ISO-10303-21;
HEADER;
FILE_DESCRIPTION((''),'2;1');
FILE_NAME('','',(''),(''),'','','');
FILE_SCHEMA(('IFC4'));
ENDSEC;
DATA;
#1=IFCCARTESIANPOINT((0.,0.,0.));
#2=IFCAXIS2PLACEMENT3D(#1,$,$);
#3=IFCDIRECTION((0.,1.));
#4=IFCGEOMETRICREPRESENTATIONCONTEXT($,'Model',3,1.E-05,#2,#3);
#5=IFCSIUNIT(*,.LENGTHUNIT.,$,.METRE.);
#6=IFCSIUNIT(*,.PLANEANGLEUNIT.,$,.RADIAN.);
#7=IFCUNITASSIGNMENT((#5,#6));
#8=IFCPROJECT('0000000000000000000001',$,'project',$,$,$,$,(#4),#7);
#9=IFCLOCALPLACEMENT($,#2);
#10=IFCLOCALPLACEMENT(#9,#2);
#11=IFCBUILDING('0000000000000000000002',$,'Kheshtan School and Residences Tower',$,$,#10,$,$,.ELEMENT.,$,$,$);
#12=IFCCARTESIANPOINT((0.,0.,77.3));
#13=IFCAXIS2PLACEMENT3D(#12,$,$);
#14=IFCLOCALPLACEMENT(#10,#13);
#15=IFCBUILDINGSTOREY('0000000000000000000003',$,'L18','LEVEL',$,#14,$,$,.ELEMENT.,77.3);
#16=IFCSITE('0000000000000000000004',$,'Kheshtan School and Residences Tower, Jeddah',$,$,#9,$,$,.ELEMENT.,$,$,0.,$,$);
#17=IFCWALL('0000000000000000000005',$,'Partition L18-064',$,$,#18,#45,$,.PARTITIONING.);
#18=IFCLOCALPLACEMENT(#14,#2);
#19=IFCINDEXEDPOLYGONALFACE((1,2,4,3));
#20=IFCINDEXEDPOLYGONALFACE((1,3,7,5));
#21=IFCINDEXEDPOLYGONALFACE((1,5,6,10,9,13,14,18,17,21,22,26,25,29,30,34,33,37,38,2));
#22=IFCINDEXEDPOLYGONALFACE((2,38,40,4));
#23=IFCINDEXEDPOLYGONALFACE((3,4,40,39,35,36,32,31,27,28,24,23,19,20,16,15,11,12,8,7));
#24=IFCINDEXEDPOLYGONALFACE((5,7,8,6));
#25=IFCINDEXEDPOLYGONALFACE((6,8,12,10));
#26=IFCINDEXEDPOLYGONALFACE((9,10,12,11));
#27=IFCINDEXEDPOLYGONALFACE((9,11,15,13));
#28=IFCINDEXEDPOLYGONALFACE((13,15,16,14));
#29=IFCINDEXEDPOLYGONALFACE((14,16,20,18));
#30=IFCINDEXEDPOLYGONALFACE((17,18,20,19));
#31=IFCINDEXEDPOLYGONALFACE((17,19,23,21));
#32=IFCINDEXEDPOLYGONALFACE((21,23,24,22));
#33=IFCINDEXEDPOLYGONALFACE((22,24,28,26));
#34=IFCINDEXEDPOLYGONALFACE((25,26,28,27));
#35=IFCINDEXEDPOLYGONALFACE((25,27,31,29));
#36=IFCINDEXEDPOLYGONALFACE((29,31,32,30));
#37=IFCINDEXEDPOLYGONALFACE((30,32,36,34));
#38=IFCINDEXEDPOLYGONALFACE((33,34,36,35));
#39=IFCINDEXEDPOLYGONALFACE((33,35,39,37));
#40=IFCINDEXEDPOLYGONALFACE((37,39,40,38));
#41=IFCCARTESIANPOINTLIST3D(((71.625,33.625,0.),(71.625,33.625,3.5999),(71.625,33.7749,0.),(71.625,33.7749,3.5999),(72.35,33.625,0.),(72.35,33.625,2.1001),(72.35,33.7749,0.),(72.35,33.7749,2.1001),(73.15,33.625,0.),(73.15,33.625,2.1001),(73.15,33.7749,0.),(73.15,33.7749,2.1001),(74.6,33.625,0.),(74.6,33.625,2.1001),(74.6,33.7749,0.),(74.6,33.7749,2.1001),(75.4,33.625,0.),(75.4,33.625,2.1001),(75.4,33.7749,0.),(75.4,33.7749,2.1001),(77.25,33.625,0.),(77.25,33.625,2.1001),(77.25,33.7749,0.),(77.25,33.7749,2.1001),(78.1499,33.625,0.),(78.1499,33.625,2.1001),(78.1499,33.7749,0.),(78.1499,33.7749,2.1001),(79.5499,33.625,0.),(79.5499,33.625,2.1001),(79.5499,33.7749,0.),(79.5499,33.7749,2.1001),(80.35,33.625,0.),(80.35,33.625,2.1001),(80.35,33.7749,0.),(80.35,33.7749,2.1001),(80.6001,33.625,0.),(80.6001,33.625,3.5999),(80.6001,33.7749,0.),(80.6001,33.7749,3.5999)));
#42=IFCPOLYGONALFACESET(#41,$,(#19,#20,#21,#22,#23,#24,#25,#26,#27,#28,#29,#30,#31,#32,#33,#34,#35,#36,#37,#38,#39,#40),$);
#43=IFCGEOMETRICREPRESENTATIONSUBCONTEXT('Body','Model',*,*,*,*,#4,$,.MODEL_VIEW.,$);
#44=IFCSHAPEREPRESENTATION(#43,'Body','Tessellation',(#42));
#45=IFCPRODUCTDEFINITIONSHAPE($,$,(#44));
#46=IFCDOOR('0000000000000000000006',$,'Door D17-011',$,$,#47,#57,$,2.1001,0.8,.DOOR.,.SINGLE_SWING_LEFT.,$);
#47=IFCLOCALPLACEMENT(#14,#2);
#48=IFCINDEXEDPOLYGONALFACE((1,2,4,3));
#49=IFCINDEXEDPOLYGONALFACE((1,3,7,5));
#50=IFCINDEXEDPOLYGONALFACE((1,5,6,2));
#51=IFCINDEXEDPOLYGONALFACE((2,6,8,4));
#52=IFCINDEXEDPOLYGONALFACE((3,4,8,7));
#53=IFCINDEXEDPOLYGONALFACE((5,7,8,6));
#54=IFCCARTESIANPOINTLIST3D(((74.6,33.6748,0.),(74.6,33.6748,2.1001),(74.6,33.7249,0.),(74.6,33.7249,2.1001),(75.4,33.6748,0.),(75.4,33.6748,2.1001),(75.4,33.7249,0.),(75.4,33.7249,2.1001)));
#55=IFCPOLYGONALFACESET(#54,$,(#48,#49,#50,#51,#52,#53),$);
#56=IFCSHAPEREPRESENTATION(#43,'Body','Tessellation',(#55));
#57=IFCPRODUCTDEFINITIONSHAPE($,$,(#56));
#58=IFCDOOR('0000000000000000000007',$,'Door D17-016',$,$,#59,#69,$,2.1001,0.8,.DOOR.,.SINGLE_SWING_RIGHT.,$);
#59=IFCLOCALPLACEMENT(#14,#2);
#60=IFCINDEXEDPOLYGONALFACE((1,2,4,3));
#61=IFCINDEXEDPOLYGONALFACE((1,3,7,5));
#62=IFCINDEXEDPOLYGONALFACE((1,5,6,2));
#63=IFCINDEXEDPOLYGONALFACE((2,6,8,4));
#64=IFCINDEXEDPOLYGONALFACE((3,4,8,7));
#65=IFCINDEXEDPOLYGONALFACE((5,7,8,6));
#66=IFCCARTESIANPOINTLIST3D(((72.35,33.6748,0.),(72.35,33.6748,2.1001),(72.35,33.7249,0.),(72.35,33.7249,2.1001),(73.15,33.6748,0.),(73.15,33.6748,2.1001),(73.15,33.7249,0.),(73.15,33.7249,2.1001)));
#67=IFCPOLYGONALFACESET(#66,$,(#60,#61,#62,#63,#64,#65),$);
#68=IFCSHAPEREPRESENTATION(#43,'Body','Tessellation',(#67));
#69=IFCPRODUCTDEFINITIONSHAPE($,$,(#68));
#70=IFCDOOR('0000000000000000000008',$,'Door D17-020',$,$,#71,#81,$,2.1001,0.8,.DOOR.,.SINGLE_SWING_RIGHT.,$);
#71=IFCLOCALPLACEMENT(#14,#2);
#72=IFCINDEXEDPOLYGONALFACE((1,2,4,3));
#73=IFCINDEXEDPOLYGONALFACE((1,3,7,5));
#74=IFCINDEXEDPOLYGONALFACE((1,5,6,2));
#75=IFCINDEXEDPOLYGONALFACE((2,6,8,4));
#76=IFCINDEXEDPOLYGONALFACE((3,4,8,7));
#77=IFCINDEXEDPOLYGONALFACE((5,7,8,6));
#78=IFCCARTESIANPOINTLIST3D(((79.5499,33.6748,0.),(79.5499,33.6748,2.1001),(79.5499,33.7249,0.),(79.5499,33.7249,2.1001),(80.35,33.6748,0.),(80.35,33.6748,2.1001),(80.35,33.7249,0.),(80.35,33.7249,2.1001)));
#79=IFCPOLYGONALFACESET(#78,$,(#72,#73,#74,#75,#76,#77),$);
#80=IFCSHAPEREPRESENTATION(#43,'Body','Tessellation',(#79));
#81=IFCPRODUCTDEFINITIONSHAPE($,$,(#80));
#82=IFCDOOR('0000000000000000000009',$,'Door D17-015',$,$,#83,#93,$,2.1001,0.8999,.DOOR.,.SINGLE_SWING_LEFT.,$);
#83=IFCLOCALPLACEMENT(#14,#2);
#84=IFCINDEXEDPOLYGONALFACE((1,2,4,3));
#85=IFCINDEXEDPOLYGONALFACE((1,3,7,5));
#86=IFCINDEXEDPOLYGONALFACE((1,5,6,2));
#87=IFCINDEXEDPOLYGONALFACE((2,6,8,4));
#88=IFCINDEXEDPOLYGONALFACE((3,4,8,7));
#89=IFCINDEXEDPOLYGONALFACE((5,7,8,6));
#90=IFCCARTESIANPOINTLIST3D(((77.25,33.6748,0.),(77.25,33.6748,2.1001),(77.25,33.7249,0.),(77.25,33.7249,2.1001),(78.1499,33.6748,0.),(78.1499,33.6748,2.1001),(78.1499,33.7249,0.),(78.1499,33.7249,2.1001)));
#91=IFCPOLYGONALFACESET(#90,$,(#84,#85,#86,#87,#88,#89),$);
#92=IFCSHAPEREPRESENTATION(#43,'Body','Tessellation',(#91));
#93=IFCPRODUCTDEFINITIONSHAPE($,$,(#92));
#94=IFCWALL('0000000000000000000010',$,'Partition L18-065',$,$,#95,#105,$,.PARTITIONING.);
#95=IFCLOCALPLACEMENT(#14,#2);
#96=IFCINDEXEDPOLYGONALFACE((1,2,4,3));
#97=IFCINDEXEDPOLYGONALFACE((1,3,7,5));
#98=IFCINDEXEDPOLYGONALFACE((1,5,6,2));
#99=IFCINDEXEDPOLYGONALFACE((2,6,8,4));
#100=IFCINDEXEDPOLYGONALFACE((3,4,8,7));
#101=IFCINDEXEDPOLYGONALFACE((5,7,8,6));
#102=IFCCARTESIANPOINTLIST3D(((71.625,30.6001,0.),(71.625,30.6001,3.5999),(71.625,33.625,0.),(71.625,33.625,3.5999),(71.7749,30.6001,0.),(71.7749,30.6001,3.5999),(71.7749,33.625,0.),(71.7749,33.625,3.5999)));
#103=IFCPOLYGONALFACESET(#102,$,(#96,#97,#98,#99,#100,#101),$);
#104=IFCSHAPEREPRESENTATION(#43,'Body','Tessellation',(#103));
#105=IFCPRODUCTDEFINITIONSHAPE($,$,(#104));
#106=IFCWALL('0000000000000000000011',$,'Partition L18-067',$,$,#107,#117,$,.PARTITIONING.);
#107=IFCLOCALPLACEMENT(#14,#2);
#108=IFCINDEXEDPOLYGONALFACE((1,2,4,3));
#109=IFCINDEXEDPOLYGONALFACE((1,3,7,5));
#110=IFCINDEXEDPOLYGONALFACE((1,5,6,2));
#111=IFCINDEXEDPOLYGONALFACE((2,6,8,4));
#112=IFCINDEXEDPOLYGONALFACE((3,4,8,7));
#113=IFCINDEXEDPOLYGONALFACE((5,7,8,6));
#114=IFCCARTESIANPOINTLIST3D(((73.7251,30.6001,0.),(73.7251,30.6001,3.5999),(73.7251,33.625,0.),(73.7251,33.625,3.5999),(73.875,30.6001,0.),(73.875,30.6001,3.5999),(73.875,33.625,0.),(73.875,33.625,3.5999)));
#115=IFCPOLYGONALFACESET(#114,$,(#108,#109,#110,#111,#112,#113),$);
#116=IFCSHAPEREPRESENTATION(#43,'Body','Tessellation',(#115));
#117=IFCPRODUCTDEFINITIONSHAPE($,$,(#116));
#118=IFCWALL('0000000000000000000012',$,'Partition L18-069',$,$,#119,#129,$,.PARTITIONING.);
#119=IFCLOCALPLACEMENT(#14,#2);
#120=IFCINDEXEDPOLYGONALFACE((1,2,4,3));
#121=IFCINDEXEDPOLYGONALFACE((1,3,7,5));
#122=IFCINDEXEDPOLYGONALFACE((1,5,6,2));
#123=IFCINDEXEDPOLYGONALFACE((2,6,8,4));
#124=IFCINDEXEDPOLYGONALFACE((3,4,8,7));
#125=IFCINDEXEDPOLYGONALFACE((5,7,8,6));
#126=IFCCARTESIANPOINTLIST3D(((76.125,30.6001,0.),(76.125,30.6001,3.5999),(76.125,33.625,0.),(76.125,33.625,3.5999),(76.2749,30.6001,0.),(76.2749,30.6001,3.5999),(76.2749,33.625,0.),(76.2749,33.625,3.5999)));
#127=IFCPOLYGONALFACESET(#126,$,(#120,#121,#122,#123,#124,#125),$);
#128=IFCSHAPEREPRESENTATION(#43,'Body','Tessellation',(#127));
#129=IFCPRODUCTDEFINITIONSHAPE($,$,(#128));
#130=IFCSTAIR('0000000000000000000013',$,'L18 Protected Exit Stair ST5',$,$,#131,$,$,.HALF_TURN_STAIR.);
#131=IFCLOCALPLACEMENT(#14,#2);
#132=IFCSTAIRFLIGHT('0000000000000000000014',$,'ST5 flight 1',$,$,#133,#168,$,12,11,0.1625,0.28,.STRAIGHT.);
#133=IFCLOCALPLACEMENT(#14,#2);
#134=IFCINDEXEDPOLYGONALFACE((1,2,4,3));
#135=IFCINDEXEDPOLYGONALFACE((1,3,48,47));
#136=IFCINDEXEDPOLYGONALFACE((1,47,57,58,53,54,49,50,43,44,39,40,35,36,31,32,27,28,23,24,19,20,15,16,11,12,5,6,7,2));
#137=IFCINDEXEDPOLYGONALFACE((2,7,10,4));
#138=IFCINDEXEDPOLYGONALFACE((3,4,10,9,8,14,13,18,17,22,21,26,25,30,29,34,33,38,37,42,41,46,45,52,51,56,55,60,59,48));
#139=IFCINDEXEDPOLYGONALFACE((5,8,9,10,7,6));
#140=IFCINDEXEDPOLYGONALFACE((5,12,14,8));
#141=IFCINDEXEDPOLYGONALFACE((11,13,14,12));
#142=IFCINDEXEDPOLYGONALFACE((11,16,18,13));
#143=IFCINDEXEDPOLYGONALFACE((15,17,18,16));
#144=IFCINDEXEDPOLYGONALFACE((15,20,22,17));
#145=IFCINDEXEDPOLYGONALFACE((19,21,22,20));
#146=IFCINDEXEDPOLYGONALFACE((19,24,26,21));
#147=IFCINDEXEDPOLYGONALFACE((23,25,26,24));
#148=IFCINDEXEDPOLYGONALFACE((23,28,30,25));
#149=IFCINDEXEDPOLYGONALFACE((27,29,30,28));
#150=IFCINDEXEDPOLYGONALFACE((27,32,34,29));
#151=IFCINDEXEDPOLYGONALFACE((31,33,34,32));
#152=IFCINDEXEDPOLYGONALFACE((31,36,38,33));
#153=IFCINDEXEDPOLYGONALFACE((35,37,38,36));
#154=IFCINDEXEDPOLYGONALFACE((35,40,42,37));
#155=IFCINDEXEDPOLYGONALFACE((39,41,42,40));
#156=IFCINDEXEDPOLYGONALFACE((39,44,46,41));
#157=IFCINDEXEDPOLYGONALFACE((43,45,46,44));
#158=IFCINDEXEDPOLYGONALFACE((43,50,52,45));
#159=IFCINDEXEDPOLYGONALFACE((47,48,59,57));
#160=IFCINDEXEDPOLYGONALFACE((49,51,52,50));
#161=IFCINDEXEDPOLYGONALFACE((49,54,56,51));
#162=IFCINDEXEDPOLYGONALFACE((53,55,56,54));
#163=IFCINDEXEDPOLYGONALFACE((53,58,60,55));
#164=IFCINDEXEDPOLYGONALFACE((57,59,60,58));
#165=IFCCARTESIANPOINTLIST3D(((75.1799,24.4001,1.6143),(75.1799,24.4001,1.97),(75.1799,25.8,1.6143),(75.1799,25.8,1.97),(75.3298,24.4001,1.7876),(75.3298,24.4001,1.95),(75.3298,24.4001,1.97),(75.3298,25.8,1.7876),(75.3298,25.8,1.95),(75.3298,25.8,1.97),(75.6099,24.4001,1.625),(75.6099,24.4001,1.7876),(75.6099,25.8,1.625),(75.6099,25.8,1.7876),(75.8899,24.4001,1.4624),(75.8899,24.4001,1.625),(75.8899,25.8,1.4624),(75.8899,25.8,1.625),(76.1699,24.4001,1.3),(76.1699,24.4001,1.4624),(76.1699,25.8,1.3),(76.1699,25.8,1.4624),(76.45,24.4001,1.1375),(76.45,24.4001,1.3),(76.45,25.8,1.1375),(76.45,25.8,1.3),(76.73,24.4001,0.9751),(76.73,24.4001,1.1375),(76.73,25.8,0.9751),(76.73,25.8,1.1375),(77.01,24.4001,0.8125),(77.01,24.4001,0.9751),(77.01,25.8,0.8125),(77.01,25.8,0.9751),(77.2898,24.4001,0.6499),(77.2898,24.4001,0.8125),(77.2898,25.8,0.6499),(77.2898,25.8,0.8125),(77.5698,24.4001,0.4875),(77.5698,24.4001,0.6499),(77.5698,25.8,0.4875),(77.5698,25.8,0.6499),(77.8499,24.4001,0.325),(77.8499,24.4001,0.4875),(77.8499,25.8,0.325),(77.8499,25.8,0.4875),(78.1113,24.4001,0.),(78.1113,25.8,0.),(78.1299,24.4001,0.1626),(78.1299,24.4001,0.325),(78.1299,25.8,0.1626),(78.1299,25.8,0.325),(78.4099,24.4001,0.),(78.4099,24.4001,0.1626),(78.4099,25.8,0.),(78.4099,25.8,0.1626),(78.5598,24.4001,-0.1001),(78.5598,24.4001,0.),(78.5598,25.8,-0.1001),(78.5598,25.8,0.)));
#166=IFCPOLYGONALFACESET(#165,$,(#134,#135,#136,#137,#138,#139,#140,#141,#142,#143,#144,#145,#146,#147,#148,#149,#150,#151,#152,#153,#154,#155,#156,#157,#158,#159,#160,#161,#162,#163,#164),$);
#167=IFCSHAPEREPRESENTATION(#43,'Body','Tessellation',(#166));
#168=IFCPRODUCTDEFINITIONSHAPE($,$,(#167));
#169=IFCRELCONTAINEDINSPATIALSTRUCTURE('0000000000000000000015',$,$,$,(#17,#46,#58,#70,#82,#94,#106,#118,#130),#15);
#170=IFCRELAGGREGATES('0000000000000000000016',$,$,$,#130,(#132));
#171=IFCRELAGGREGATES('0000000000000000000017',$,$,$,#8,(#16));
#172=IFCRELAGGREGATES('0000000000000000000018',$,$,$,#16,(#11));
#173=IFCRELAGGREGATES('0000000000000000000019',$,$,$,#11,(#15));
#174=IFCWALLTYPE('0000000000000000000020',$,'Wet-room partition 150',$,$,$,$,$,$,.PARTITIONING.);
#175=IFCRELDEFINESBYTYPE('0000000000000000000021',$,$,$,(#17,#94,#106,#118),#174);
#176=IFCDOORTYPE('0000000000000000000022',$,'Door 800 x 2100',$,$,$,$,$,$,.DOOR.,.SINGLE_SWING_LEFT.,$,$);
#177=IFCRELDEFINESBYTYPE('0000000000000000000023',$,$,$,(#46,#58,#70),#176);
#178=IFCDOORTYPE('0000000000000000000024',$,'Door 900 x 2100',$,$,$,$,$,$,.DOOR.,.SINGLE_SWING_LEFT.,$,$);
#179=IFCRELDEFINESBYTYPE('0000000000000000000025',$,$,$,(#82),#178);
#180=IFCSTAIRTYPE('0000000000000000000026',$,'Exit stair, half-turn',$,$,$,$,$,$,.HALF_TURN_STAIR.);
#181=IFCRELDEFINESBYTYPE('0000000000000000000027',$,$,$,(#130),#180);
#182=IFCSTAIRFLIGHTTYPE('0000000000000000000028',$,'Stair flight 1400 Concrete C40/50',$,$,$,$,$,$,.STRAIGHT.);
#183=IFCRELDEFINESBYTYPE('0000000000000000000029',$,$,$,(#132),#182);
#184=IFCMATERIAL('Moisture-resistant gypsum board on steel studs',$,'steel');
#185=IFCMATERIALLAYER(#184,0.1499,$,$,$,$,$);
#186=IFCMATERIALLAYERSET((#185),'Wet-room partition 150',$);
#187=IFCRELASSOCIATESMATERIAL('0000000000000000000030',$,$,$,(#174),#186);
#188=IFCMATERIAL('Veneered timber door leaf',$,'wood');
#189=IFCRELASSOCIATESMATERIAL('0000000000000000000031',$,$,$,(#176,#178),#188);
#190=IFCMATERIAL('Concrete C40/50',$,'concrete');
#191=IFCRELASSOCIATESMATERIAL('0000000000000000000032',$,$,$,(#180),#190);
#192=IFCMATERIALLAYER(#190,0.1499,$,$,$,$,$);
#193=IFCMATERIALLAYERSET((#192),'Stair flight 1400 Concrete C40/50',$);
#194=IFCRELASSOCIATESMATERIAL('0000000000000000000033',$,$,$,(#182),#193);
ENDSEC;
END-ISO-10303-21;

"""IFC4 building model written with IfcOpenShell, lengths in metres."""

from ifc_helpers import new_model, si_unit, direction, frame, frame_2d, origin, place, context, subcontext, project, spatial, polyline, rectangle, outline, extrude, source, transform, mapped, material, layer, layer_set, type_object, element, fill, aggregate, save


model = new_model("IFC4")

# Units and contexts
model_context = context("Model", 3, precision=1e-05, world=origin(), true_north=direction((0.0, 1.0)))
body_context = subcontext(model_context, "Body", "Model", "MODEL_VIEW")
ifc_project = project(units=[si_unit("LENGTHUNIT", "METRE"), si_unit("PLANEANGLEUNIT", "RADIAN")], contexts=[model_context])

# Site, building, storey
site_placement = place(None, origin())
site = spatial("IfcSite", under=ifc_project, at=site_placement, Name="Kheshtan School and Residences Tower, Jeddah", CompositionType="ELEMENT", RefElevation=0.0)
building_placement = place(site_placement, origin())
building = spatial("IfcBuilding", under=site, at=building_placement, Name="Kheshtan School and Residences Tower", CompositionType="ELEMENT")
storey_placement = place(building_placement, frame((0.0, 0.0, 77.3)))
storey = spatial("IfcBuildingStorey", under=building, at=storey_placement, Name="L18", Description="LEVEL", CompositionType="ELEMENT", Elevation=77.3)

# Shared definitions
ifc_material_1 = material(Name="Concrete C40/50", Category="concrete")

# Wall, openings, doors
ifc_material_2 = material(Name="Moisture-resistant gypsum board on steel studs", Category="steel")
ifc_layer_1 = layer(ifc_material_2, 0.1499)
ifc_layer_set_1 = layer_set([ifc_layer_1], Name="Wet-room partition 150")
wall_type_1 = type_object("IfcWallType", Name="Wet-room partition 150", PredefinedType="PARTITIONING", material=ifc_layer_set_1)
wall_1_placement = place(storey_placement, frame((71.625, 33.7, 0.0), z_axis=(0.0, 0.0, 1.0), x_axis=(1.0, 0.0, 0.0)))
wall_1 = element("IfcWall", 1, at=wall_1_placement, inside=storey, type_object=wall_type_1, Name="Partition L18-064", PredefinedType="PARTITIONING", context=body_context, shape_type="SweptSolid", body=[
    extrude(rectangle(XDim=8.9751, YDim=0.1499, at=frame_2d((4.4875, 0.0))), origin(), (0.0, 0.0, 1.0), 3.5999),
])
opening_1_placement = place(wall_1_placement, frame((2.9751, 0.0, 0.0)))
opening_1 = element("IfcOpeningElement", 2, at=opening_1_placement, cuts=wall_1, PredefinedType="OPENING", context=body_context, shape_type="SweptSolid", body=[
    extrude(rectangle(XDim=0.8, YDim=2.1001, at=frame_2d((0.3999, 1.05))), frame((0.0, 0.085, 0.0), z_axis=(0.0, -1.0, 0.0), x_axis=(1.0, 0.0, 0.0)), (0.0, 0.0, 1.0), 0.1699),
])
opening_2_placement = place(wall_1_placement, frame((5.625, 0.0, 0.0)))
opening_2 = element("IfcOpeningElement", 3, at=opening_2_placement, cuts=wall_1, PredefinedType="OPENING", context=body_context, shape_type="SweptSolid", body=[
    extrude(rectangle(XDim=0.8999, YDim=2.1001, at=frame_2d((0.45, 1.05))), frame((0.0, 0.085, 0.0), z_axis=(0.0, -1.0, 0.0), x_axis=(1.0, 0.0, 0.0)), (0.0, 0.0, 1.0), 0.1699),
])
opening_3_placement = place(wall_1_placement, frame((0.7251, 0.0, 0.0)))
opening_3 = element("IfcOpeningElement", 4, at=opening_3_placement, cuts=wall_1, PredefinedType="OPENING", context=body_context, shape_type="SweptSolid", body=[
    extrude(rectangle(XDim=0.8, YDim=2.1001, at=frame_2d((0.3999, 1.05))), frame((0.0, 0.085, 0.0), z_axis=(0.0, -1.0, 0.0), x_axis=(1.0, 0.0, 0.0)), (0.0, 0.0, 1.0), 0.1699),
])
opening_4_placement = place(wall_1_placement, frame((7.925, 0.0, 0.0)))
opening_4 = element("IfcOpeningElement", 5, at=opening_4_placement, cuts=wall_1, PredefinedType="OPENING", context=body_context, shape_type="SweptSolid", body=[
    extrude(rectangle(XDim=0.8, YDim=2.1001, at=frame_2d((0.3999, 1.05))), frame((0.0, 0.085, 0.0), z_axis=(0.0, -1.0, 0.0), x_axis=(1.0, 0.0, 0.0)), (0.0, 0.0, 1.0), 0.1699),
])
ifc_material_3 = material(Name="Veneered timber door leaf", Category="wood")
door_type_1 = type_object("IfcDoorType", Name="Door 800 x 2100", OperationType="SINGLE_SWING_LEFT", PredefinedType="DOOR", material=ifc_material_3)
shared_shape_1 = source(origin(), body_context, "Body", "SweptSolid", [
    extrude(rectangle(XDim=0.8, YDim=2.1001, at=frame_2d((0.3999, 1.05))), frame((0.0, 0.0249, 0.0), z_axis=(0.0, -1.0, 0.0), x_axis=(1.0, 0.0, 0.0)), (0.0, 0.0, 1.0), 0.05),
])
door_1_placement = place(opening_1_placement, origin())
door_1 = element("IfcDoor", 6, at=door_1_placement, inside=storey, type_object=door_type_1, Name="Door D17-011", OperationType="SINGLE_SWING_LEFT", OverallHeight=2.1001, OverallWidth=0.8, PredefinedType="DOOR", context=body_context, shape_type="MappedRepresentation", body=[
    mapped(shared_shape_1, transform((0.0, 0.0, 0.0), x_axis=(1.0, 0.0, 0.0), y_axis=(0.0, 1.0, 0.0), z_axis=(0.0, 0.0, 1.0), scale=1.0)),
])
fill(opening_1, door_1)
door_2_placement = place(opening_3_placement, origin())
door_2 = element("IfcDoor", 7, at=door_2_placement, inside=storey, type_object=door_type_1, Name="Door D17-016", OperationType="SINGLE_SWING_RIGHT", OverallHeight=2.1001, OverallWidth=0.8, PredefinedType="DOOR", context=body_context, shape_type="MappedRepresentation", body=[
    mapped(shared_shape_1, transform((0.0, 0.0, 0.0), x_axis=(1.0, 0.0, 0.0), y_axis=(0.0, 1.0, 0.0), z_axis=(0.0, 0.0, 1.0), scale=1.0)),
])
fill(opening_3, door_2)
door_3_placement = place(opening_4_placement, origin())
door_3 = element("IfcDoor", 8, at=door_3_placement, inside=storey, type_object=door_type_1, Name="Door D17-020", OperationType="SINGLE_SWING_RIGHT", OverallHeight=2.1001, OverallWidth=0.8, PredefinedType="DOOR", context=body_context, shape_type="MappedRepresentation", body=[
    mapped(shared_shape_1, transform((0.0, 0.0, 0.0), x_axis=(1.0, 0.0, 0.0), y_axis=(0.0, 1.0, 0.0), z_axis=(0.0, 0.0, 1.0), scale=1.0)),
])
fill(opening_4, door_3)
door_type_2 = type_object("IfcDoorType", Name="Door 900 x 2100", OperationType="SINGLE_SWING_LEFT", PredefinedType="DOOR", material=ifc_material_3)
shared_shape_2 = source(origin(), body_context, "Body", "SweptSolid", [
    extrude(rectangle(XDim=0.8999, YDim=2.1001, at=frame_2d((0.45, 1.05))), frame((0.0, 0.0249, 0.0), z_axis=(0.0, -1.0, 0.0), x_axis=(1.0, 0.0, 0.0)), (0.0, 0.0, 1.0), 0.05),
])
door_4_placement = place(opening_2_placement, origin())
door_4 = element("IfcDoor", 9, at=door_4_placement, inside=storey, type_object=door_type_2, Name="Door D17-015", OperationType="SINGLE_SWING_LEFT", OverallHeight=2.1001, OverallWidth=0.8999, PredefinedType="DOOR", context=body_context, shape_type="MappedRepresentation", body=[
    mapped(shared_shape_2, transform((0.0, 0.0, 0.0), x_axis=(1.0, 0.0, 0.0), y_axis=(0.0, 1.0, 0.0), z_axis=(0.0, 0.0, 1.0), scale=1.0)),
])
fill(opening_2, door_4)

# Walls
for number, where, z_axis, x_axis, name in (
    (10, (71.7, 30.6001, 0.0), (0.0, 0.0, 1.0), (0.0, 1.0, 0.0), "Partition L18-065"),
    (11, (73.8, 30.6001, 0.0), (0.0, 0.0, 1.0), (0.0, 1.0, 0.0), "Partition L18-067"),
    (12, (76.2, 30.6001, 0.0), (0.0, 0.0, 1.0), (0.0, 1.0, 0.0), "Partition L18-069"),
):
    element("IfcWall", number, at=place(storey_placement, frame(where, z_axis=z_axis, x_axis=x_axis)), inside=storey, type_object=wall_type_1, Name=name, PredefinedType="PARTITIONING", context=body_context, shape_type="SweptSolid", body=[
        extrude(rectangle(XDim=3.0249, YDim=0.1499, at=frame_2d((1.5125, 0.0))), origin(), (0.0, 0.0, 1.0), 3.5999),
    ])

# Stair, stair flight
stair_type = type_object("IfcStairType", Name="Exit stair, half-turn", PredefinedType="HALF_TURN_STAIR", material=ifc_material_1)
stair_placement = place(storey_placement, origin())
stair = element("IfcStair", 13, at=stair_placement, inside=storey, type_object=stair_type, Name="L18 Protected Exit Stair ST5", PredefinedType="HALF_TURN_STAIR")
ifc_layer_2 = layer(ifc_material_1, 0.1499)
ifc_layer_set_2 = layer_set([ifc_layer_2], Name="Stair flight 1400 Concrete C40/50")
stair_flight_type = type_object("IfcStairFlightType", Name="Stair flight 1400 Concrete C40/50", PredefinedType="STRAIGHT", material=ifc_layer_set_2)
stair_flight_1_placement = place(storey_placement, frame((78.4099, 25.1001, 0.0), z_axis=(0.0, 0.0, 1.0), x_axis=(-1.0, 0.0, 0.0)))
stair_flight_1 = element("IfcStairFlight", 14, at=stair_flight_1_placement, type_object=stair_flight_type, Name="ST5 flight 1", NumberOfRisers=12, NumberOfTreads=11, PredefinedType="STRAIGHT", RiserHeight=0.1625, TreadLength=0.28, context=body_context, shape_type="SweptSolid", body=[
    extrude(outline(polyline([(-0.1499, -0.1001), (-0.1499, 0.0), (0.0, 0.0), (0.0, 0.1626), (0.28, 0.1626), (0.28, 0.325), (0.5601, 0.325), (0.5601, 0.4875), (0.8401, 0.4875), (0.8401, 0.6499), (1.1201, 0.6499), (1.1201, 0.8125), (1.3999, 0.8125), (1.3999, 0.9751), (1.6799, 0.9751), (1.6799, 1.1375), (1.96, 1.1375), (1.96, 1.3), (2.24, 1.3), (2.24, 1.4624), (2.52, 1.4624), (2.52, 1.625), (2.8, 1.625), (2.8, 1.7876), (3.0801, 1.7876), (3.0801, 1.95), (3.0801, 1.97), (3.23, 1.97), (3.23, 1.6143), (0.2986, 0.0), (-0.1499, -0.1001)])), frame((0.0, 0.7, 0.0), z_axis=(0.0, -1.0, 0.0), x_axis=(1.0, 0.0, 0.0)), (0.0, 0.0, 1.0), 1.3999),
])
aggregate(stair, [stair_flight_1])

save(model, "model.ifc")
